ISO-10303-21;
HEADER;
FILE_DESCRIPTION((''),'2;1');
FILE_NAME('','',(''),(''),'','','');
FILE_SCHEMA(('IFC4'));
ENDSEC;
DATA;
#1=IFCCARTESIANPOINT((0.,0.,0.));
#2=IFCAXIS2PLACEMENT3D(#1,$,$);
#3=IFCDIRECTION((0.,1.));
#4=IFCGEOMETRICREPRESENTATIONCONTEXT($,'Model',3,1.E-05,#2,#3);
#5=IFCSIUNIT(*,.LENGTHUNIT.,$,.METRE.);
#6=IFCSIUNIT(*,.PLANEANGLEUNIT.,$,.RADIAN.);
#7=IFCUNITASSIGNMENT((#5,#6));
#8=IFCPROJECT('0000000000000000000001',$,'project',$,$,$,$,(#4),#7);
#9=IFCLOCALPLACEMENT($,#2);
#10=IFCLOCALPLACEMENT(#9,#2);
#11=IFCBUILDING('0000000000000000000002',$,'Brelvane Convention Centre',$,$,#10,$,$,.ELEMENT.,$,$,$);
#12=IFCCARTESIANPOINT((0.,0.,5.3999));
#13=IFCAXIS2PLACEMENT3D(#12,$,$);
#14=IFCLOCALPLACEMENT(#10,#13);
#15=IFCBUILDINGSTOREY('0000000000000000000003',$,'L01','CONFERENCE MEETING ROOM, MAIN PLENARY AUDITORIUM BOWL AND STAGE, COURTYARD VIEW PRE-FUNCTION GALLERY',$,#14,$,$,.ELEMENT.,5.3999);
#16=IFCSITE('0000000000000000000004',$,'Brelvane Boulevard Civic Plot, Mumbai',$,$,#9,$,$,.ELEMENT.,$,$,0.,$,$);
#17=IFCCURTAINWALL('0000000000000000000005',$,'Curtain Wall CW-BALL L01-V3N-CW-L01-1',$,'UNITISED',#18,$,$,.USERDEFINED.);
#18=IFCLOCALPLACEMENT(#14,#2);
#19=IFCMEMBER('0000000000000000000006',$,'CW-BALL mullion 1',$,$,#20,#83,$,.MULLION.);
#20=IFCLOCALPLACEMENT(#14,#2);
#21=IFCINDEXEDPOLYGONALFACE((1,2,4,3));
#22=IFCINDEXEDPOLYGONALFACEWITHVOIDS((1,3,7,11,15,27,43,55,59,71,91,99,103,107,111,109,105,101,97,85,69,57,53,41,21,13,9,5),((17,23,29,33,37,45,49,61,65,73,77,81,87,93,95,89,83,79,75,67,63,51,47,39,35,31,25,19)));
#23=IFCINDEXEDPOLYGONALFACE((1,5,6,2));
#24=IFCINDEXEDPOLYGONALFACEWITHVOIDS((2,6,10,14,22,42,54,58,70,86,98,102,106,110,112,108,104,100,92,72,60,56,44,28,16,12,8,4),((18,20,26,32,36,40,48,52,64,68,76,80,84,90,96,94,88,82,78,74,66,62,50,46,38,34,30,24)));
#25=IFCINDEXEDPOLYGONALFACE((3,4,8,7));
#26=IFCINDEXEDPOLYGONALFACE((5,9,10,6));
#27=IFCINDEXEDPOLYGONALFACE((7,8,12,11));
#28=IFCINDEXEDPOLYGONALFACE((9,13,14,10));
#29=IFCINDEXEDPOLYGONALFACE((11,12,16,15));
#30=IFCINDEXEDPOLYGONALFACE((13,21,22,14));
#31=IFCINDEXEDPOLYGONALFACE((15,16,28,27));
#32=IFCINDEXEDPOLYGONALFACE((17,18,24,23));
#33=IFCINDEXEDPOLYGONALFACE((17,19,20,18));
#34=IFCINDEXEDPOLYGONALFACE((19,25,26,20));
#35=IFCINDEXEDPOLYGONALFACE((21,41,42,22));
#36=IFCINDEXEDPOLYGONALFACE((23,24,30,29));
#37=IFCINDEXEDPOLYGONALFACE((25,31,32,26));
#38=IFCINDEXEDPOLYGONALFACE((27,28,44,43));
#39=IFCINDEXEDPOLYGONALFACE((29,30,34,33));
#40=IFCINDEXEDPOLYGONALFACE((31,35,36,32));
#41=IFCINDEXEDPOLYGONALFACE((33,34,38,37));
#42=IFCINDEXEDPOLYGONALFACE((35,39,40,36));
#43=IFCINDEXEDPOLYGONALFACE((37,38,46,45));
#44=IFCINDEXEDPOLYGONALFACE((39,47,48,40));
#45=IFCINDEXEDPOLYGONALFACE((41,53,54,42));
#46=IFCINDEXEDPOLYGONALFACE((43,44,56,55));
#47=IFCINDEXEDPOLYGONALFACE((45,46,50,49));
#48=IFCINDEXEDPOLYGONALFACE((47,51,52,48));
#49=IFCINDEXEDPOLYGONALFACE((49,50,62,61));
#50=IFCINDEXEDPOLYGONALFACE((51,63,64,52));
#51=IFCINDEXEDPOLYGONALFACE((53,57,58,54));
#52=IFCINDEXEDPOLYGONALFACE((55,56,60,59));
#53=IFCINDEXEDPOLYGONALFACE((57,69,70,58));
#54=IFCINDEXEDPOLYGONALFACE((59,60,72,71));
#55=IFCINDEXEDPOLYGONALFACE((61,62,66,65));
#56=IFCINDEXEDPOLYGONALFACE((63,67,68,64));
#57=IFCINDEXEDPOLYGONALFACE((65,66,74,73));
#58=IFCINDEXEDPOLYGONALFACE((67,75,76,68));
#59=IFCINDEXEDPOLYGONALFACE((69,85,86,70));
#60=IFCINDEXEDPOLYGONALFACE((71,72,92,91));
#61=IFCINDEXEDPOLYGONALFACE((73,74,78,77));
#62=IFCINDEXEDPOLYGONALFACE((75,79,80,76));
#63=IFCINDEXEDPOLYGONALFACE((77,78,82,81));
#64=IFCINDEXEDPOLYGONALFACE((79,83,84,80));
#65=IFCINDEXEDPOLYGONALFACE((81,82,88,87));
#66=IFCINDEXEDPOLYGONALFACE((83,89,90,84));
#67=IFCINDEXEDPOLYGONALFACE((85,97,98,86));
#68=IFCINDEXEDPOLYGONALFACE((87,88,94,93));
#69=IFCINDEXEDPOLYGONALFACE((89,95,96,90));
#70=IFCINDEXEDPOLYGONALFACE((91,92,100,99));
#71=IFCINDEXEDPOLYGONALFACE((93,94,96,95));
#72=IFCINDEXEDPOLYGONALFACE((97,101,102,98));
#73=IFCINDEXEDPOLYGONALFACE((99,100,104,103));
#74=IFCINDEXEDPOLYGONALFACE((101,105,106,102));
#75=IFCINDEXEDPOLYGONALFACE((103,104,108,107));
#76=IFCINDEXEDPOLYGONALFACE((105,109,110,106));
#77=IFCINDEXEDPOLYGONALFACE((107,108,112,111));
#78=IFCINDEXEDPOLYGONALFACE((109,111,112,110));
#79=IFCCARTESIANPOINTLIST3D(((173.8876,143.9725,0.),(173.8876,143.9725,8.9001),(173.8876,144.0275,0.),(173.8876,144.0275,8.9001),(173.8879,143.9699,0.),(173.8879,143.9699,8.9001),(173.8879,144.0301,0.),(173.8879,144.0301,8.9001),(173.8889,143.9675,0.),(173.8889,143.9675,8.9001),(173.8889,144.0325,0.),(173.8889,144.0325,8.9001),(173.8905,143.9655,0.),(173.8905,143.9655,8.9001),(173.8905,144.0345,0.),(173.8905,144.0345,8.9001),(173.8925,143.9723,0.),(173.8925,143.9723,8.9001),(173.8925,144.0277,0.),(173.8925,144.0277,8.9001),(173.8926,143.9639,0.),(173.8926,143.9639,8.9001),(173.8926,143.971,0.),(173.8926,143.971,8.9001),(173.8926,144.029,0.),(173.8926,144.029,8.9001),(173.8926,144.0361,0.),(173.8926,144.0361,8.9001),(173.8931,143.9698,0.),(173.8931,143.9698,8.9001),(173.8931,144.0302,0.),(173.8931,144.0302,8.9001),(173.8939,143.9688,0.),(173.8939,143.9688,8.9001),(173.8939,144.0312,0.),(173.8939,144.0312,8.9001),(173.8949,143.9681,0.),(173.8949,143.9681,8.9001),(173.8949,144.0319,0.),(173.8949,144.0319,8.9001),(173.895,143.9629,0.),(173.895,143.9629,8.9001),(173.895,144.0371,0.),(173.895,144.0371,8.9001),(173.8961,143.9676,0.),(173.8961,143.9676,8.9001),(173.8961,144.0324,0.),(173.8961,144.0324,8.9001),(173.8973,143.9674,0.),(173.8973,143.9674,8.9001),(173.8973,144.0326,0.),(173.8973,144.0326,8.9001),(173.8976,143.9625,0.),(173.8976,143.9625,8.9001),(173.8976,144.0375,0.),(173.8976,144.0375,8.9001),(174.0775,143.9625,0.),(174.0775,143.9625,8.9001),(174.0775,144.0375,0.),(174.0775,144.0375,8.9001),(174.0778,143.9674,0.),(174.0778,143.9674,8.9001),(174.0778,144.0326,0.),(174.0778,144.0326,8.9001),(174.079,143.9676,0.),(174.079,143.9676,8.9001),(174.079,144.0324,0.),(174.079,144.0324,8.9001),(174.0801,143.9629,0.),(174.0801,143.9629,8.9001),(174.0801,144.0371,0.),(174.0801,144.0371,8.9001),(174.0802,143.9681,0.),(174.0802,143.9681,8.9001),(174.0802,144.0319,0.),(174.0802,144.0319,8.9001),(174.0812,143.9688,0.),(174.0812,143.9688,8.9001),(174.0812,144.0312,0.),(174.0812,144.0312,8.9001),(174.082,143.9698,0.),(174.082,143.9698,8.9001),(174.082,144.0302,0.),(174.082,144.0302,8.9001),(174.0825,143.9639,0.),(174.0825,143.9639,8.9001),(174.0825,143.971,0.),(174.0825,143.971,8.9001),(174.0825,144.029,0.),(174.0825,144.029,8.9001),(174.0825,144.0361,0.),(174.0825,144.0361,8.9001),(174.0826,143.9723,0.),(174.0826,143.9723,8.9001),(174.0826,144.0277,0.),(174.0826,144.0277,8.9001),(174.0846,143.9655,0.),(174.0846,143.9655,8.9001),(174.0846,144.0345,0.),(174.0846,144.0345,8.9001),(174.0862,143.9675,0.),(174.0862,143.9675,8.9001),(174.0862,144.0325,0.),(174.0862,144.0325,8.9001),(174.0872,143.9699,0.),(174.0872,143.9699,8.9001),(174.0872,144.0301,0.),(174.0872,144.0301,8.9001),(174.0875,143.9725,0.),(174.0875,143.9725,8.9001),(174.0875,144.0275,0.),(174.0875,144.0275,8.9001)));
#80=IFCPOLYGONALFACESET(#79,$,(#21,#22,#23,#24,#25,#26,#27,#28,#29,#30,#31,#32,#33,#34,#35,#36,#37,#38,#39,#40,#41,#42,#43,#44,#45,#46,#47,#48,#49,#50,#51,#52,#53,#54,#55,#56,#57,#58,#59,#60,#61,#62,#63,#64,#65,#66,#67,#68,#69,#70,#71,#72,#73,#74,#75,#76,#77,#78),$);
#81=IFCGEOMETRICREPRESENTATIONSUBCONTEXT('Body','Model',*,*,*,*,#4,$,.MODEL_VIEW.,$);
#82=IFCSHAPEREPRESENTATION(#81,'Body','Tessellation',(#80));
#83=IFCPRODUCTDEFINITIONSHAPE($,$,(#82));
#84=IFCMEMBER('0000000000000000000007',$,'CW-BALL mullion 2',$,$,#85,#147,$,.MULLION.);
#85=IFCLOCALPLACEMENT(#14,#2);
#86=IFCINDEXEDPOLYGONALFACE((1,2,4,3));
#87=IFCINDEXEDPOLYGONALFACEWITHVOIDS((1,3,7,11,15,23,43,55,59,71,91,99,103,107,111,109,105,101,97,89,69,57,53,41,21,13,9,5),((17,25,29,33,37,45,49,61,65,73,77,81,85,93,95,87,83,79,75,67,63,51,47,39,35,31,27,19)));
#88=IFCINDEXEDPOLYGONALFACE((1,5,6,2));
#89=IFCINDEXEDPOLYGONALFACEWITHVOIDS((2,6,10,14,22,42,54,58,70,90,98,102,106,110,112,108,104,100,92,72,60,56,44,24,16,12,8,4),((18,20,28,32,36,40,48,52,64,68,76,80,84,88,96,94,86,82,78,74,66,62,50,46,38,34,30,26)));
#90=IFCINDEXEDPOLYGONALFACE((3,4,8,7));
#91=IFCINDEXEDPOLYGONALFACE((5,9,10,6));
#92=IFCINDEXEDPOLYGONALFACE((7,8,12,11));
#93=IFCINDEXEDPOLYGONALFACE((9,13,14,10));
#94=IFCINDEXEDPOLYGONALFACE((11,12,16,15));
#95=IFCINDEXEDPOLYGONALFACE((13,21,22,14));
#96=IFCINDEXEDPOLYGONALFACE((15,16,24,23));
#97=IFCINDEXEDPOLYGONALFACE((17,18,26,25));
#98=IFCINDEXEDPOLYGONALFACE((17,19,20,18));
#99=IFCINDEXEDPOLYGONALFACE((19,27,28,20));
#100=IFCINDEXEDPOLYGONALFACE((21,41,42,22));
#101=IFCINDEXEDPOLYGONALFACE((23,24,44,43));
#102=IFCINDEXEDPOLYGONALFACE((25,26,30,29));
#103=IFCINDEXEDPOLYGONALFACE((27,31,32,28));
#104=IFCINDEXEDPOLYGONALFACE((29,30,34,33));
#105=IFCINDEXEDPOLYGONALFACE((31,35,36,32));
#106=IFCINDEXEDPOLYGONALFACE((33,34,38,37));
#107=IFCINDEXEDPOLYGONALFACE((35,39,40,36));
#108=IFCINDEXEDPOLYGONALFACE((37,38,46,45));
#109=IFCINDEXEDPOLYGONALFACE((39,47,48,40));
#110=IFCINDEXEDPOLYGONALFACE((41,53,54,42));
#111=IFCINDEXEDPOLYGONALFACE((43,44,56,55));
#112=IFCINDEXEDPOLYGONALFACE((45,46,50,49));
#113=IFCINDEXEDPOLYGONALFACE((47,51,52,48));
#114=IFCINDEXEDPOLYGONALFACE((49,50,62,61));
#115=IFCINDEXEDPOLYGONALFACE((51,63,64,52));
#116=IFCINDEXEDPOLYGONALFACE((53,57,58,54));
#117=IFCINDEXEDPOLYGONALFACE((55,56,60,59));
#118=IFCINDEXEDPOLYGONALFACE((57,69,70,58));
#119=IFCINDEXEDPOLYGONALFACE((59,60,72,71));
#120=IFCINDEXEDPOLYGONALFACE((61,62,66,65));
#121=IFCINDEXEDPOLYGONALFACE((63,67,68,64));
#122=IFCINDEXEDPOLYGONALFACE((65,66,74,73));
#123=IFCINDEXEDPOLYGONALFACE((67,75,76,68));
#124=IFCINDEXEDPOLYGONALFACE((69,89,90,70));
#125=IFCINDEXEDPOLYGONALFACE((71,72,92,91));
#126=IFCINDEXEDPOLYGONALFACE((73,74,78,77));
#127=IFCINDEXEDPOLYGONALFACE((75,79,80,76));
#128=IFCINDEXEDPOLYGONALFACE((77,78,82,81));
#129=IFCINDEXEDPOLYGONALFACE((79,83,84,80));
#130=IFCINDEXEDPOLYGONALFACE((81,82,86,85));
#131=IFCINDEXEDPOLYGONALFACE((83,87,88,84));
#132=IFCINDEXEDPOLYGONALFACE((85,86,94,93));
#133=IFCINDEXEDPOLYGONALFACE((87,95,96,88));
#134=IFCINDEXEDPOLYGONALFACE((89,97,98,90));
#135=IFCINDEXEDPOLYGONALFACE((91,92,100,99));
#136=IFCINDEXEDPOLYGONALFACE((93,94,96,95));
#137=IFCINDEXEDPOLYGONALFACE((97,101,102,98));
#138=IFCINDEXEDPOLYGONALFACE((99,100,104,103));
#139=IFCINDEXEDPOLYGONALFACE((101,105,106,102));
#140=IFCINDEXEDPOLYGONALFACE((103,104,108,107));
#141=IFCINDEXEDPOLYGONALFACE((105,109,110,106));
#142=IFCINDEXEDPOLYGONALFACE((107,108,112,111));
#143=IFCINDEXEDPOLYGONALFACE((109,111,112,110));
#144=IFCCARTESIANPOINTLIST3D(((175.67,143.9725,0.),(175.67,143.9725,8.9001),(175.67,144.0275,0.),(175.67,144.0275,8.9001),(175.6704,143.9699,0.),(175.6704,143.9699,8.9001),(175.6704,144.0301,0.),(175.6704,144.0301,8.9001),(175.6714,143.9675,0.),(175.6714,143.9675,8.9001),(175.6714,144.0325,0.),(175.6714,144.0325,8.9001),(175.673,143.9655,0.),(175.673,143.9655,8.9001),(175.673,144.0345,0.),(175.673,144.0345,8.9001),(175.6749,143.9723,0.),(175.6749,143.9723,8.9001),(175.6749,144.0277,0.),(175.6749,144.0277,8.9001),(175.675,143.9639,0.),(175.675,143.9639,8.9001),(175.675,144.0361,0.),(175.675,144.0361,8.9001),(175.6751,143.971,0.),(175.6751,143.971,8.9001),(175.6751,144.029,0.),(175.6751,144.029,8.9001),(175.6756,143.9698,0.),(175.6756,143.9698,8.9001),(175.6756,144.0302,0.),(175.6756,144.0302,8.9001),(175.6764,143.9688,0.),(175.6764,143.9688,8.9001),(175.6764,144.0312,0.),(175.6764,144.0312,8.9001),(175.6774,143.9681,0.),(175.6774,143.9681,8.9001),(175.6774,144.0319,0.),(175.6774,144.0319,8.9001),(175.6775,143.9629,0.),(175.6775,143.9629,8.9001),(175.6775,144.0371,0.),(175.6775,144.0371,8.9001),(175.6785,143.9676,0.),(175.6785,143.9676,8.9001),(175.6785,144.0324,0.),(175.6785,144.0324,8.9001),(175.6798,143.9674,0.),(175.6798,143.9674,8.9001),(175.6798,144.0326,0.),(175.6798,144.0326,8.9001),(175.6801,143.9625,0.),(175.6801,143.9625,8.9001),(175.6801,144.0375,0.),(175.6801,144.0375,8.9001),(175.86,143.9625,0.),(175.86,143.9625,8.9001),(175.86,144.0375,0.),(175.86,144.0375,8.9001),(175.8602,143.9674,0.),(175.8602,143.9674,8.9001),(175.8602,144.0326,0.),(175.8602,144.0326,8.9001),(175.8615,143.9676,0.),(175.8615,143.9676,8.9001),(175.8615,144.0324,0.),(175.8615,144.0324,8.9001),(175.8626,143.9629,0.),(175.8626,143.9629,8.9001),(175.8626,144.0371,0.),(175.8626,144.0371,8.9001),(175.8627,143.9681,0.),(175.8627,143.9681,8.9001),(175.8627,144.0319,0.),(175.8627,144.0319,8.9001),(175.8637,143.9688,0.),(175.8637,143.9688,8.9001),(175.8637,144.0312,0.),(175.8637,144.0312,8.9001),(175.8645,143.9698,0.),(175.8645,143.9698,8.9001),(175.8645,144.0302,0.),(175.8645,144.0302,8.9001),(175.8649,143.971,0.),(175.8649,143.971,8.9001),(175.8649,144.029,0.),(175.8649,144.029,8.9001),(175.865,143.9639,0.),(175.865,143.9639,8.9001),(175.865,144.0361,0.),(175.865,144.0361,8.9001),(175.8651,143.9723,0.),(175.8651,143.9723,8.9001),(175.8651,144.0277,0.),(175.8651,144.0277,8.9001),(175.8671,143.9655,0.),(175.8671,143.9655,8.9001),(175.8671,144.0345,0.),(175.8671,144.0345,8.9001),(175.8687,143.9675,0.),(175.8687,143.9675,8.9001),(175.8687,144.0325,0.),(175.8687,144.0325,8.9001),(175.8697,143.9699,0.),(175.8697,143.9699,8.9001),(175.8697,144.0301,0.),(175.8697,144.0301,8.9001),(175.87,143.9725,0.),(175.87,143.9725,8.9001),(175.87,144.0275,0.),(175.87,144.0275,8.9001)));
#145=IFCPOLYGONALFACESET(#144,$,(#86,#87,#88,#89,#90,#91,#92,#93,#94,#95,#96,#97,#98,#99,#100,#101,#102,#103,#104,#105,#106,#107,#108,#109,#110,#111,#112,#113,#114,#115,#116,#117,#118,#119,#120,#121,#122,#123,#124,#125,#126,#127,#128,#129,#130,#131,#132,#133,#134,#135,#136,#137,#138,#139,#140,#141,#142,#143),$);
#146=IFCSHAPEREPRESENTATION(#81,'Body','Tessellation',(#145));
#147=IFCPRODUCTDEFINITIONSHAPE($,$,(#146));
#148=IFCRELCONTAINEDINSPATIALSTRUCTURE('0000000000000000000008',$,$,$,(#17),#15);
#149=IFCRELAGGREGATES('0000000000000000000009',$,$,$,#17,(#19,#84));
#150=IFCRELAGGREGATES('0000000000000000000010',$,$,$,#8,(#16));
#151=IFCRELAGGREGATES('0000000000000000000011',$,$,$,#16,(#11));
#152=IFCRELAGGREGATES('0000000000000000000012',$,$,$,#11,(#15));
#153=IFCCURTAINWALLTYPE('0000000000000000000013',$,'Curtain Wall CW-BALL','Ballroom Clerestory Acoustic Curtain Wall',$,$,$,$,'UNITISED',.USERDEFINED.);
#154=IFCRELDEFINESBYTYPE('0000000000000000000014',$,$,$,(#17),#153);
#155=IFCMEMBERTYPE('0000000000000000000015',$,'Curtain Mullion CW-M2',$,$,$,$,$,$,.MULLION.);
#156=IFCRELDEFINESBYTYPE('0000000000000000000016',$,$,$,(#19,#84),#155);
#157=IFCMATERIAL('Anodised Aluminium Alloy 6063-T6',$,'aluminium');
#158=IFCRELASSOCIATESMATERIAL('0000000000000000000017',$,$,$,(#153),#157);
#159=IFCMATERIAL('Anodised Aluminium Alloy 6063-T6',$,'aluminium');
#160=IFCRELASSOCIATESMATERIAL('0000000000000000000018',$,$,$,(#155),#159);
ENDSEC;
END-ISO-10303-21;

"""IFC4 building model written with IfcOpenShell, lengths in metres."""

from ifc_helpers import new_model, si_unit, direction, frame, origin, origin_2d, place, context, subcontext, project, spatial, hollow_rectangle, extrude, material, material_profile, profile_set, type_object, element, aggregate, save


model = new_model("IFC4")

# Units and contexts
model_context = context("Model", 3, precision=1e-05, world=origin(), true_north=direction((0.0, 1.0)))
body_context = subcontext(model_context, "Body", "Model", "MODEL_VIEW")
ifc_project = project(units=[si_unit("LENGTHUNIT", "METRE"), si_unit("PLANEANGLEUNIT", "RADIAN")], contexts=[model_context])

# Site, building, storey
site_placement = place(None, origin())
site = spatial("IfcSite", under=ifc_project, at=site_placement, Name="Brelvane Boulevard Civic Plot, Mumbai", CompositionType="ELEMENT", RefElevation=0.0)
building_placement = place(site_placement, origin())
building = spatial("IfcBuilding", under=site, at=building_placement, Name="Brelvane Convention Centre", CompositionType="ELEMENT")
storey_placement = place(building_placement, frame((0.0, 0.0, 5.3999)))
storey = spatial("IfcBuildingStorey", under=building, at=storey_placement, Name="L01", Description="CONFERENCE MEETING ROOM, MAIN PLENARY AUDITORIUM BOWL AND STAGE, COURTYARD VIEW PRE-FUNCTION GALLERY", CompositionType="ELEMENT", Elevation=5.3999)

# Curtain wall, members
ifc_material_1 = material(Name="Anodised Aluminium Alloy 6063-T6", Category="aluminium")
curtain_wall_type = type_object("IfcCurtainWallType", Name="Curtain Wall CW-BALL", Description="Ballroom Clerestory Acoustic Curtain Wall", ElementType="UNITISED", PredefinedType="USERDEFINED", material=ifc_material_1)
curtain_wall_placement = place(storey_placement, origin())
curtain_wall = element("IfcCurtainWall", 1, at=curtain_wall_placement, inside=storey, type_object=curtain_wall_type, Name="Curtain Wall CW-BALL L01-V3N-CW-L01-1", ObjectType="UNITISED", PredefinedType="USERDEFINED")
ifc_material_2 = material(Name="Anodised Aluminium Alloy 6063-T6", Category="aluminium")
ifc_material_profile_1 = material_profile(ifc_material_2, hollow_rectangle(XDim=0.075, YDim=0.2, WallThickness=0.0049, InnerFilletRadius=0.0049, OuterFilletRadius=0.01, at=origin_2d()), Name="ALU-M 200x75x5.0")
ifc_profile_set_1 = profile_set([ifc_material_profile_1], Name="Anodised Aluminium Alloy 6063-T6")
member_type_1 = type_object("IfcMemberType", Name="Curtain Mullion CW-M2", PredefinedType="MULLION", material=ifc_profile_set_1)
member_1_placement = place(storey_placement, frame((173.9875, 144.0, 0.0), z_axis=(0.0, 0.0, 1.0), x_axis=(0.0, 1.0, 0.0)))
member_1 = element("IfcMember", 2, at=member_1_placement, type_object=member_type_1, Name="CW-BALL mullion 1", PredefinedType="MULLION", context=body_context, shape_type="SweptSolid", body=[
    extrude(hollow_rectangle(XDim=0.075, YDim=0.2, WallThickness=0.0049, InnerFilletRadius=0.0049, OuterFilletRadius=0.01, at=origin_2d()), origin(), (0.0, 0.0, 1.0), 8.9001),
])
member_2_placement = place(storey_placement, frame((175.77, 144.0, 0.0), z_axis=(0.0, 0.0, 1.0), x_axis=(0.0, 1.0, 0.0)))
member_2 = element("IfcMember", 3, at=member_2_placement, type_object=member_type_1, Name="CW-BALL mullion 2", PredefinedType="MULLION", context=body_context, shape_type="SweptSolid", body=[
    extrude(hollow_rectangle(XDim=0.075, YDim=0.2, WallThickness=0.0049, InnerFilletRadius=0.0049, OuterFilletRadius=0.01, at=origin_2d()), origin(), (0.0, 0.0, 1.0), 8.9001),
])

aggregate(curtain_wall, [member_1, member_2])

save(model, "model.ifc")
